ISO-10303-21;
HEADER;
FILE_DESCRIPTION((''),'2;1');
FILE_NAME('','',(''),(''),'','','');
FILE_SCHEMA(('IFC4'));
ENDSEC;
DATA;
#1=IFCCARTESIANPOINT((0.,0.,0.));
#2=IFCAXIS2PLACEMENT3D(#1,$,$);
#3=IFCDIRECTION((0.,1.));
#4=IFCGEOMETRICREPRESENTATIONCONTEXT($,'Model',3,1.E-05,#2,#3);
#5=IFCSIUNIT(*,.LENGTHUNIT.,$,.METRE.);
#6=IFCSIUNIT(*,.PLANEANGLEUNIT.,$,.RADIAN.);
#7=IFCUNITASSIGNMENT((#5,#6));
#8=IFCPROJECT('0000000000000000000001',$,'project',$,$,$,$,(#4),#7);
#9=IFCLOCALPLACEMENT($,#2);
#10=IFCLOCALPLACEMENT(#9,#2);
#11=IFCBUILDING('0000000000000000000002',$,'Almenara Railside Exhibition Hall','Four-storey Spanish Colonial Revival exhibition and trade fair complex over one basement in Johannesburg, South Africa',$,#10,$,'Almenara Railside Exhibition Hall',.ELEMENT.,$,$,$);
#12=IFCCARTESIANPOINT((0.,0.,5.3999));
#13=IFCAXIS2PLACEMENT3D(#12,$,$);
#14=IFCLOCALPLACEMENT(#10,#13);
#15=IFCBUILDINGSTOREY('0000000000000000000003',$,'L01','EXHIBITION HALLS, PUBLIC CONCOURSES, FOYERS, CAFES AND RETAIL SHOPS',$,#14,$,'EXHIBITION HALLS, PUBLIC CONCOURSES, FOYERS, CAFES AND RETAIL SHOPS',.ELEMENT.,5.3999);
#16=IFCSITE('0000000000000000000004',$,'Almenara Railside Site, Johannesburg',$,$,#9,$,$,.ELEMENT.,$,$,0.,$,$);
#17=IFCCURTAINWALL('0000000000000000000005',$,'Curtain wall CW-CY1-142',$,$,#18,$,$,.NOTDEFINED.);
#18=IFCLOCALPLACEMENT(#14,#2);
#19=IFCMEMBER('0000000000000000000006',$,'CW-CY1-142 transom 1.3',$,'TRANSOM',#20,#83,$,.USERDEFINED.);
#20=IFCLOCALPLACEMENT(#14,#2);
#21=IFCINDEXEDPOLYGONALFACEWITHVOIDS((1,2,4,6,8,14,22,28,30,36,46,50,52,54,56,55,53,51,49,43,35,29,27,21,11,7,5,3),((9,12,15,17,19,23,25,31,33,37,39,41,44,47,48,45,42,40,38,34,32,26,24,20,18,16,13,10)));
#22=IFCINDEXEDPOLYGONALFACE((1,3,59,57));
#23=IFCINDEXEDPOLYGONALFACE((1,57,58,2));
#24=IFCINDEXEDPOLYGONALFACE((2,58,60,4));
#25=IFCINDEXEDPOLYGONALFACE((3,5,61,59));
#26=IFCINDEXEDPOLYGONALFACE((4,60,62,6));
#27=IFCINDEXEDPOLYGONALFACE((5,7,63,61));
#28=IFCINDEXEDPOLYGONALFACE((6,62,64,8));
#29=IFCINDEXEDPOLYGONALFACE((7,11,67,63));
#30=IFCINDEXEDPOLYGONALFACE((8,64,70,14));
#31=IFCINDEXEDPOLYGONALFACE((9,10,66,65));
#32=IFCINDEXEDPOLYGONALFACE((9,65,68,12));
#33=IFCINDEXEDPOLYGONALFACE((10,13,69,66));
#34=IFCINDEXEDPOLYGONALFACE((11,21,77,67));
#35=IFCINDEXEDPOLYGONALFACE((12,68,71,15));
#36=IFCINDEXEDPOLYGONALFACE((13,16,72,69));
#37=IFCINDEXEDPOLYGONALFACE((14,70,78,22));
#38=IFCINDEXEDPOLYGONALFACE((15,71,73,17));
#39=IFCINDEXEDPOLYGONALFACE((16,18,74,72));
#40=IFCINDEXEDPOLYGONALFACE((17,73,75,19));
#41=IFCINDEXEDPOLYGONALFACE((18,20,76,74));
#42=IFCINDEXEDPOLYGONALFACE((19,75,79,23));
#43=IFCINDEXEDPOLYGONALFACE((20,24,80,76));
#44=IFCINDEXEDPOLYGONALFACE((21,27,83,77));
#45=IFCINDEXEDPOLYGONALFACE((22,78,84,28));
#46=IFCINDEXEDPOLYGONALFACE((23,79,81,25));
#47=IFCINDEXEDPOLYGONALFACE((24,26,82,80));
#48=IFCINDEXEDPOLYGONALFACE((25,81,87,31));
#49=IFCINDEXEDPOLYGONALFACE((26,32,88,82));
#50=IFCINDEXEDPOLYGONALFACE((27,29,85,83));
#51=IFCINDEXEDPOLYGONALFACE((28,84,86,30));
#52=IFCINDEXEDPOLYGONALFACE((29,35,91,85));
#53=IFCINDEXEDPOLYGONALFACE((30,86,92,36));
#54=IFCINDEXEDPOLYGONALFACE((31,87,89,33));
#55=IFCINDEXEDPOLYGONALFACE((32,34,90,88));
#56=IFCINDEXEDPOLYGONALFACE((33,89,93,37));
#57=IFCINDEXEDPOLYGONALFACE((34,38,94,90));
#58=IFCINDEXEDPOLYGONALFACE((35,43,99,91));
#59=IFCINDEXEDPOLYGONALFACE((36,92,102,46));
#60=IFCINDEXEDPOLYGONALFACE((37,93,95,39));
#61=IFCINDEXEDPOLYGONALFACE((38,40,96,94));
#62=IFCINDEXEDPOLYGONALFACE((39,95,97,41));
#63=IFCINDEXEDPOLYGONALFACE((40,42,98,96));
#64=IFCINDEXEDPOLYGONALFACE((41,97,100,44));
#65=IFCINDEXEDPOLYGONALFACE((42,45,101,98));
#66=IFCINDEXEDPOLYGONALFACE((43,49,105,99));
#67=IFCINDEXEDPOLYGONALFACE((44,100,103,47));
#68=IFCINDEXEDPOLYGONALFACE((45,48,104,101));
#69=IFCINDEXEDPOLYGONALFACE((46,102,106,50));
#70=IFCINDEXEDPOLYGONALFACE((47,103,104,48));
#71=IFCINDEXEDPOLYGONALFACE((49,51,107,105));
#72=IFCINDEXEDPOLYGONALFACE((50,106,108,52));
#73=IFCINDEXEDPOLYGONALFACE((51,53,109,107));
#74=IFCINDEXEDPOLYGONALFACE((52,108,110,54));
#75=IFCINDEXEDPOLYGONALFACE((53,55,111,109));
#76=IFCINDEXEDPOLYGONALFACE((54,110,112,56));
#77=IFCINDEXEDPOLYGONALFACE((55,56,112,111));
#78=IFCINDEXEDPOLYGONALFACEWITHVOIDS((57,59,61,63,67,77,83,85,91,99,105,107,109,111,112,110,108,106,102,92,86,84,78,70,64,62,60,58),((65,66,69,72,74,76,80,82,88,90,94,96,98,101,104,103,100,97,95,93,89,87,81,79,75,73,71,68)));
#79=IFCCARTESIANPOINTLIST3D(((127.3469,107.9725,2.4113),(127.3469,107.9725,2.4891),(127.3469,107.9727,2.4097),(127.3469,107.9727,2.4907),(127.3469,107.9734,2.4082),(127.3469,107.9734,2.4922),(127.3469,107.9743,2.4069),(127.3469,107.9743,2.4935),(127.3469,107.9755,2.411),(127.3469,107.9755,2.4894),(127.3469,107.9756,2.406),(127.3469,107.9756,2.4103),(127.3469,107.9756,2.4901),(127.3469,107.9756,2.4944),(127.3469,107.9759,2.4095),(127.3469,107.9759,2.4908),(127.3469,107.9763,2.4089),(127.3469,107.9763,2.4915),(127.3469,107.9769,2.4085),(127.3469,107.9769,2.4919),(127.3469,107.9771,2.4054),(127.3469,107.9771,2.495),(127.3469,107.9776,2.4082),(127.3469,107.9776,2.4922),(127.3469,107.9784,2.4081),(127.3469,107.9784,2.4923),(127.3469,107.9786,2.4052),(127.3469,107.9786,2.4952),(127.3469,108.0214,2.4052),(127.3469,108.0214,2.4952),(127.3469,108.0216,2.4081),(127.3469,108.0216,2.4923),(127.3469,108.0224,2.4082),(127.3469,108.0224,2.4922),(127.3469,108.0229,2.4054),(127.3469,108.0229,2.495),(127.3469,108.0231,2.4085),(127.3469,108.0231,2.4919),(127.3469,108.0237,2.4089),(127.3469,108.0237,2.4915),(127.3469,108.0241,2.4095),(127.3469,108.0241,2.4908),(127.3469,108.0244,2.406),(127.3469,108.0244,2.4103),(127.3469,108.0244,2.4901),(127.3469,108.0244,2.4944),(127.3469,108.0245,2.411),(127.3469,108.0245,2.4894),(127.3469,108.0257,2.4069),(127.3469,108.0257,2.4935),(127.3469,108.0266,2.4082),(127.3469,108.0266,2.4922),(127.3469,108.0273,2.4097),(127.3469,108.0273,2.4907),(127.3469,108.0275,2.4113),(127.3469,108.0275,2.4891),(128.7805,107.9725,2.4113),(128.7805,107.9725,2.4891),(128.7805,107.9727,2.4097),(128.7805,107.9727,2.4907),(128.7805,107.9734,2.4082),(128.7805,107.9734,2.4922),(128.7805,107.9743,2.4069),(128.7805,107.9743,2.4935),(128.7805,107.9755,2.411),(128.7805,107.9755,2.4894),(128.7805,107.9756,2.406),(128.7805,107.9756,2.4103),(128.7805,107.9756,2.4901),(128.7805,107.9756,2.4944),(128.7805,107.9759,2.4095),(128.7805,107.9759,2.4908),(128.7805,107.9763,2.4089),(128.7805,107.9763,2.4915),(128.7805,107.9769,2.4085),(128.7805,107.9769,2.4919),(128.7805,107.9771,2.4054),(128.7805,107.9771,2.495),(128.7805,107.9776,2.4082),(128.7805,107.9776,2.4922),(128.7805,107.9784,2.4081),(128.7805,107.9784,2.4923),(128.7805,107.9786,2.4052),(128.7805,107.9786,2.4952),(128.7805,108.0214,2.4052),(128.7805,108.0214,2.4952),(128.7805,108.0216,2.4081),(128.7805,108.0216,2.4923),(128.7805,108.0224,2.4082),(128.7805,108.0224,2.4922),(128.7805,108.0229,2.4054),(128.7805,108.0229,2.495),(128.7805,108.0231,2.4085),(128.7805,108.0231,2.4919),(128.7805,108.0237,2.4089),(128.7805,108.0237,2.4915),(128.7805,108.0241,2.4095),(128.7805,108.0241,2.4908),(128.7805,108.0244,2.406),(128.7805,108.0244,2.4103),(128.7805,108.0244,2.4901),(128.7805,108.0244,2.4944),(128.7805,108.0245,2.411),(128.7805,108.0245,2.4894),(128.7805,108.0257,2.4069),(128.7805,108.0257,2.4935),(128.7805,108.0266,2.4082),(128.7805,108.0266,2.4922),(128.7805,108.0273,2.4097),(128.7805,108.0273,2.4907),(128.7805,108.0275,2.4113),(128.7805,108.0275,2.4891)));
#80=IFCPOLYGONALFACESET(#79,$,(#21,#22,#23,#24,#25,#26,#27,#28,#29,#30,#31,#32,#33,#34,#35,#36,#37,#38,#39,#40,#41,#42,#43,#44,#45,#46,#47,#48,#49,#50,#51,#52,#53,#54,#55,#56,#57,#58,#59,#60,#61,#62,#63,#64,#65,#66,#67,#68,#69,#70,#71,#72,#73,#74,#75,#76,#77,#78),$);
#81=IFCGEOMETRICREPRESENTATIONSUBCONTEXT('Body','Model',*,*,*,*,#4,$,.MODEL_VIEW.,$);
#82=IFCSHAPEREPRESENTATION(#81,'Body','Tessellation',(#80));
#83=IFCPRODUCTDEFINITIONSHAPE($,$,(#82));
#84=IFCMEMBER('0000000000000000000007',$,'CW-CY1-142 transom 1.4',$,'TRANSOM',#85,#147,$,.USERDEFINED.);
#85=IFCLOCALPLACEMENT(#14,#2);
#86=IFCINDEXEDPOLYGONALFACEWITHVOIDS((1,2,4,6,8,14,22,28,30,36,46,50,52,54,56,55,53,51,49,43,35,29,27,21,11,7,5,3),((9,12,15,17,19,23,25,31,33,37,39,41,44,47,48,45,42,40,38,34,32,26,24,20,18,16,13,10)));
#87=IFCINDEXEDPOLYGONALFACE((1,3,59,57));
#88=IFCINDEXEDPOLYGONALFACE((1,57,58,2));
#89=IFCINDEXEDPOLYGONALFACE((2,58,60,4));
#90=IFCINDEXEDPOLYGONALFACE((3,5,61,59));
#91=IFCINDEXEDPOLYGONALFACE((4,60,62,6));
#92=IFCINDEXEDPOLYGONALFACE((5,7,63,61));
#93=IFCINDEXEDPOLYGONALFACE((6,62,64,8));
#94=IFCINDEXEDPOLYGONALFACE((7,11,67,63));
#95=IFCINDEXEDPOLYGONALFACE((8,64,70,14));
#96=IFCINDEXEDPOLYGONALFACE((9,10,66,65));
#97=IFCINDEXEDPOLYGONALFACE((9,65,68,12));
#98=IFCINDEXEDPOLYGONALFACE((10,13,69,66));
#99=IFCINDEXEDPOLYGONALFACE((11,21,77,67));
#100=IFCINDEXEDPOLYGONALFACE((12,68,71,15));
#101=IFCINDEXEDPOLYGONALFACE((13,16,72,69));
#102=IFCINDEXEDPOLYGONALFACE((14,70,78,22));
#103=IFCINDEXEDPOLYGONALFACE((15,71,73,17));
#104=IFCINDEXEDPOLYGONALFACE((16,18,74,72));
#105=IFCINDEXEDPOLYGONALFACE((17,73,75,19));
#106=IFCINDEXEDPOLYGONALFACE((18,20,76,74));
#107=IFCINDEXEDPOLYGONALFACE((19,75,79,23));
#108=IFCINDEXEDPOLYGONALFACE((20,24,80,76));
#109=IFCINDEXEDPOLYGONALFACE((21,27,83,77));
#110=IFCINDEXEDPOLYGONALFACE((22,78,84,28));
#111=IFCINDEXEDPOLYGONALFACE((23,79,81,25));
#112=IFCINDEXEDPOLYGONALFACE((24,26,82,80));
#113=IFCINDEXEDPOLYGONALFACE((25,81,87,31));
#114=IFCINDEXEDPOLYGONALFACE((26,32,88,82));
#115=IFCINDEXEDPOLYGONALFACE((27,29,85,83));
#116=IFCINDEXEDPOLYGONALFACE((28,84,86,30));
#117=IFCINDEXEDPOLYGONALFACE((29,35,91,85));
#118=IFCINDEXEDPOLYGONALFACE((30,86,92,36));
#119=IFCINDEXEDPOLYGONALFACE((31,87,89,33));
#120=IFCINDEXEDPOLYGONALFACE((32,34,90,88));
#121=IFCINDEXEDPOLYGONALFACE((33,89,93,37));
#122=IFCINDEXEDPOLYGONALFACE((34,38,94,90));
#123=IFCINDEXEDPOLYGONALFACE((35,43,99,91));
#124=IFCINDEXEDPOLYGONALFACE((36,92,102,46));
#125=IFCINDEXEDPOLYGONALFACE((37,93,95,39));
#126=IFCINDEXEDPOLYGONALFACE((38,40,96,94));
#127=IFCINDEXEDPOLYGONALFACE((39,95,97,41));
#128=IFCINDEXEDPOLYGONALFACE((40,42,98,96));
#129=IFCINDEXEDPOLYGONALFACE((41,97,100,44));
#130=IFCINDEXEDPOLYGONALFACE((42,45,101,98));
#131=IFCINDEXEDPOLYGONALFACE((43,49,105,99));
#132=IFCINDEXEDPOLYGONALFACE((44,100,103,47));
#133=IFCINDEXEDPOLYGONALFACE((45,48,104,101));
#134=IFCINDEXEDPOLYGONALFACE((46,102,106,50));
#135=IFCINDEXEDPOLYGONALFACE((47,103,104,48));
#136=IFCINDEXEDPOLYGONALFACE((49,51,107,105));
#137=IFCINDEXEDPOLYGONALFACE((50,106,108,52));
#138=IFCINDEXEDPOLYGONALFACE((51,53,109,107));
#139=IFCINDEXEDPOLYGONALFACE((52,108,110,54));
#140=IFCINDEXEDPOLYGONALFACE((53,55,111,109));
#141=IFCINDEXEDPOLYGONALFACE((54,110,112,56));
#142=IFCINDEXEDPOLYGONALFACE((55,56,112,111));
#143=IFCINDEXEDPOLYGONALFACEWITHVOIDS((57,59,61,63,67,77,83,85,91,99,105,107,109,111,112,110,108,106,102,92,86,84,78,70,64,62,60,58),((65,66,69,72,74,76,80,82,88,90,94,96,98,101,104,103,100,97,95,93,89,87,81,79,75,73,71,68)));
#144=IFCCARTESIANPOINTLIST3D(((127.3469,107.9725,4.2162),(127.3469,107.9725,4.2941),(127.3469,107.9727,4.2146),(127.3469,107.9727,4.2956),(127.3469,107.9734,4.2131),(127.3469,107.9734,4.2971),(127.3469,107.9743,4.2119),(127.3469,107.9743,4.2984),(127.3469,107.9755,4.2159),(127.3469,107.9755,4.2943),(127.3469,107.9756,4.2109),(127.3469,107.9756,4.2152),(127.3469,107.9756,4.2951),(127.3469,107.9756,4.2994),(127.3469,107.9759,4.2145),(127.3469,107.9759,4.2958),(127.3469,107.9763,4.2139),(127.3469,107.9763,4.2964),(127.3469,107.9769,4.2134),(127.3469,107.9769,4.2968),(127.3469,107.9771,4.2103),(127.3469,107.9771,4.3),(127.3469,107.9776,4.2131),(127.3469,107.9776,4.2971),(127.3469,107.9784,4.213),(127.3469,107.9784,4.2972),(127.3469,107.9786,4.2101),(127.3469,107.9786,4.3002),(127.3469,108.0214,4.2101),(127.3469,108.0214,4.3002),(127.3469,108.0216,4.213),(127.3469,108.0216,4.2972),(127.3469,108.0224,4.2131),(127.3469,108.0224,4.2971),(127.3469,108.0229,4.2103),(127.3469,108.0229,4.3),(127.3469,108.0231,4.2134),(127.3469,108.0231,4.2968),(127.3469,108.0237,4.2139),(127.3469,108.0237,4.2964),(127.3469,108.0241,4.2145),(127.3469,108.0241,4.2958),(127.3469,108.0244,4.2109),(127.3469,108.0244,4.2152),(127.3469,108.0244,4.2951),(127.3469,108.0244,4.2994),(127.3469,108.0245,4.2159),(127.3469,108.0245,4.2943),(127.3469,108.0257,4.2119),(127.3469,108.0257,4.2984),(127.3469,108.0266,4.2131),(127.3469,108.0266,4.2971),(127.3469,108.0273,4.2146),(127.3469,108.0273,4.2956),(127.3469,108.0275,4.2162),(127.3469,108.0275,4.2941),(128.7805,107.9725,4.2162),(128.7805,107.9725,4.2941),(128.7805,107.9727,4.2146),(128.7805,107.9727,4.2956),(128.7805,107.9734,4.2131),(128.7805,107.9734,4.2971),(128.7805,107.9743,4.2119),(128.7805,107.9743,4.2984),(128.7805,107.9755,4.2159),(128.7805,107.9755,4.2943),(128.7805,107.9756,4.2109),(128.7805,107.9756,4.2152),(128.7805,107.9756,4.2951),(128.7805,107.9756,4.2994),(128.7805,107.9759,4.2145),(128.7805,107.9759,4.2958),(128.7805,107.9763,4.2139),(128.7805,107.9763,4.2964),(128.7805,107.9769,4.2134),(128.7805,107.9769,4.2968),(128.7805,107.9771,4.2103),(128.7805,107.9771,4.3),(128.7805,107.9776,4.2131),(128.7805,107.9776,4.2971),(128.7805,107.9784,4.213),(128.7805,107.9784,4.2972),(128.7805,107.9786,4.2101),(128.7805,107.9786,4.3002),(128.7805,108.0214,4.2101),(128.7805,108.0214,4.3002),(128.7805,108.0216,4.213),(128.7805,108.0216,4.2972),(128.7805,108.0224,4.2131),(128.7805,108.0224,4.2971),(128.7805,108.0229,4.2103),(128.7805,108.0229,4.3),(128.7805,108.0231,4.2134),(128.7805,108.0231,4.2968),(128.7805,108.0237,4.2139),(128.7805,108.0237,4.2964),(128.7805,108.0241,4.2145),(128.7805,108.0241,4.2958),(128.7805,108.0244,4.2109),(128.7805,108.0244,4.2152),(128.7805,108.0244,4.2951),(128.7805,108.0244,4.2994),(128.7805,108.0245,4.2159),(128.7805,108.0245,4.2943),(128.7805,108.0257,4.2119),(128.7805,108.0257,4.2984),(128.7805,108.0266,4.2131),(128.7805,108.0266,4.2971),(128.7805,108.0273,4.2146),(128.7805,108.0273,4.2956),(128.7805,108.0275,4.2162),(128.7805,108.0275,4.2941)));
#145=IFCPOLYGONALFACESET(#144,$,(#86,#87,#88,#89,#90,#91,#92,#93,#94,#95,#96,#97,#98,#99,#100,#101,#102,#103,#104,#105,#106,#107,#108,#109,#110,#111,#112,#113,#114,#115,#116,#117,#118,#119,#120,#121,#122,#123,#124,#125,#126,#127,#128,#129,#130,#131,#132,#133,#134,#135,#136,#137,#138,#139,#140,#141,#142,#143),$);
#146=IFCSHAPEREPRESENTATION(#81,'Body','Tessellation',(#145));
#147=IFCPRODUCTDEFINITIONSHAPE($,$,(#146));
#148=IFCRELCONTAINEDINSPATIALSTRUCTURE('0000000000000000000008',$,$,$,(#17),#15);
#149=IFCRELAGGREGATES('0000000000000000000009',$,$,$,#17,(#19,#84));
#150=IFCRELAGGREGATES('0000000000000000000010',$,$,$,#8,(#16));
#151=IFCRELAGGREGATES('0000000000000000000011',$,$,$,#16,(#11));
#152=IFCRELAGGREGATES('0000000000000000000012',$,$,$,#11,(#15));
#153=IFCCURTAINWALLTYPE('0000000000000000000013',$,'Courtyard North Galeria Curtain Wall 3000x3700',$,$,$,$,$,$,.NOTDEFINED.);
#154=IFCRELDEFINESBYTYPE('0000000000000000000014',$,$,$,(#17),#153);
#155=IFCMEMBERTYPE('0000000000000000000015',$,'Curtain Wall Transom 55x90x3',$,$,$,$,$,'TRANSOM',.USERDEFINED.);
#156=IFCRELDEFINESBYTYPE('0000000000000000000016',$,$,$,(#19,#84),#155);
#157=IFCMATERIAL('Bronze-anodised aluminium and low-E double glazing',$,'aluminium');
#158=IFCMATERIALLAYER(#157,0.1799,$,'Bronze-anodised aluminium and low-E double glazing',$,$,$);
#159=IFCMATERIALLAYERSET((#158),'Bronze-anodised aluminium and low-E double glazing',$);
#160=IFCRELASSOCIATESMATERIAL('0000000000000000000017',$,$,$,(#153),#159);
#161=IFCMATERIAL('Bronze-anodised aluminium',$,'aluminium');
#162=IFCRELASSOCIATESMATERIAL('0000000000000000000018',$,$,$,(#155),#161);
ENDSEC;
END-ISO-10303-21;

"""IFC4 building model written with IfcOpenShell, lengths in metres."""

from ifc_helpers import new_model, si_unit, direction, frame, origin, origin_2d, place, context, subcontext, project, spatial, hollow_rectangle, extrude, material, layer, layer_set, material_profile, profile_set, type_object, element, aggregate, save


model = new_model("IFC4")

# Units and contexts
model_context = context("Model", 3, precision=1e-05, world=origin(), true_north=direction((0.0, 1.0)))
body_context = subcontext(model_context, "Body", "Model", "MODEL_VIEW")
ifc_project = project(units=[si_unit("LENGTHUNIT", "METRE"), si_unit("PLANEANGLEUNIT", "RADIAN")], contexts=[model_context])

# Site, building, storey
site_placement = place(None, origin())
site = spatial("IfcSite", under=ifc_project, at=site_placement, Name="Almenara Railside Site, Johannesburg", CompositionType="ELEMENT", RefElevation=0.0)
building_placement = place(site_placement, origin())
building = spatial("IfcBuilding", under=site, at=building_placement, Name="Almenara Railside Exhibition Hall", Description="Four-storey Spanish Colonial Revival exhibition and trade fair complex over one basement in Johannesburg, South Africa", LongName="Almenara Railside Exhibition Hall", CompositionType="ELEMENT")
storey_placement = place(building_placement, frame((0.0, 0.0, 5.3999)))
storey = spatial("IfcBuildingStorey", under=building, at=storey_placement, Name="L01", Description="EXHIBITION HALLS, PUBLIC CONCOURSES, FOYERS, CAFES AND RETAIL SHOPS", LongName="EXHIBITION HALLS, PUBLIC CONCOURSES, FOYERS, CAFES AND RETAIL SHOPS", CompositionType="ELEMENT", Elevation=5.3999)

# Curtain wall
ifc_material_1 = material(Name="Bronze-anodised aluminium and low-E double glazing", Category="aluminium")
ifc_layer_1 = layer(ifc_material_1, 0.1799, Name="Bronze-anodised aluminium and low-E double glazing")
ifc_layer_set_1 = layer_set([ifc_layer_1], Name="Bronze-anodised aluminium and low-E double glazing")
curtain_wall_type = type_object("IfcCurtainWallType", Name="Courtyard North Galeria Curtain Wall 3000x3700", PredefinedType="NOTDEFINED", material=ifc_layer_set_1)
curtain_wall_1_placement = place(storey_placement, origin())
curtain_wall_1 = element("IfcCurtainWall", 1, at=curtain_wall_1_placement, inside=storey, type_object=curtain_wall_type, Name="Curtain wall CW-CY1-142", PredefinedType="NOTDEFINED")
ifc_material_2 = material(Name="Bronze-anodised aluminium", Category="aluminium")

# Members
ifc_material_profile_1 = material_profile(ifc_material_2, hollow_rectangle(XDim=0.0549, YDim=0.0901, WallThickness=0.0029, InnerFilletRadius=0.0029, OuterFilletRadius=0.0061, at=origin_2d()), Name="ALU-TRN 55x90x3")
ifc_profile_set_1 = profile_set([ifc_material_profile_1], Name="Bronze-anodised aluminium")
member_type_1 = type_object("IfcMemberType", Name="Curtain Wall Transom 55x90x3", ElementType="TRANSOM", PredefinedType="USERDEFINED", material=ifc_profile_set_1)
member_1_placement = place(storey_placement, frame((127.3469, 108.0, 2.4502), z_axis=(1.0, 0.0, 0.0), x_axis=(0.0, 1.0, 0.0)))
member_1 = element("IfcMember", 2, at=member_1_placement, type_object=member_type_1, Name="CW-CY1-142 transom 1.3", ObjectType="TRANSOM", PredefinedType="USERDEFINED", context=body_context, shape_type="SweptSolid", body=[
    extrude(hollow_rectangle(XDim=0.0549, YDim=0.0901, WallThickness=0.0029, InnerFilletRadius=0.0029, OuterFilletRadius=0.0061, at=origin_2d()), origin(), (0.0, 0.0, 1.0), 1.4336),
])
member_2_placement = place(storey_placement, frame((127.3469, 108.0, 4.2551), z_axis=(1.0, 0.0, 0.0), x_axis=(0.0, 1.0, 0.0)))
member_2 = element("IfcMember", 3, at=member_2_placement, type_object=member_type_1, Name="CW-CY1-142 transom 1.4", ObjectType="TRANSOM", PredefinedType="USERDEFINED", context=body_context, shape_type="SweptSolid", body=[
    extrude(hollow_rectangle(XDim=0.0549, YDim=0.0901, WallThickness=0.0029, InnerFilletRadius=0.0029, OuterFilletRadius=0.0061, at=origin_2d()), origin(), (0.0, 0.0, 1.0), 1.4336),
])

aggregate(curtain_wall_1, [member_1, member_2])

save(model, "model.ifc")
